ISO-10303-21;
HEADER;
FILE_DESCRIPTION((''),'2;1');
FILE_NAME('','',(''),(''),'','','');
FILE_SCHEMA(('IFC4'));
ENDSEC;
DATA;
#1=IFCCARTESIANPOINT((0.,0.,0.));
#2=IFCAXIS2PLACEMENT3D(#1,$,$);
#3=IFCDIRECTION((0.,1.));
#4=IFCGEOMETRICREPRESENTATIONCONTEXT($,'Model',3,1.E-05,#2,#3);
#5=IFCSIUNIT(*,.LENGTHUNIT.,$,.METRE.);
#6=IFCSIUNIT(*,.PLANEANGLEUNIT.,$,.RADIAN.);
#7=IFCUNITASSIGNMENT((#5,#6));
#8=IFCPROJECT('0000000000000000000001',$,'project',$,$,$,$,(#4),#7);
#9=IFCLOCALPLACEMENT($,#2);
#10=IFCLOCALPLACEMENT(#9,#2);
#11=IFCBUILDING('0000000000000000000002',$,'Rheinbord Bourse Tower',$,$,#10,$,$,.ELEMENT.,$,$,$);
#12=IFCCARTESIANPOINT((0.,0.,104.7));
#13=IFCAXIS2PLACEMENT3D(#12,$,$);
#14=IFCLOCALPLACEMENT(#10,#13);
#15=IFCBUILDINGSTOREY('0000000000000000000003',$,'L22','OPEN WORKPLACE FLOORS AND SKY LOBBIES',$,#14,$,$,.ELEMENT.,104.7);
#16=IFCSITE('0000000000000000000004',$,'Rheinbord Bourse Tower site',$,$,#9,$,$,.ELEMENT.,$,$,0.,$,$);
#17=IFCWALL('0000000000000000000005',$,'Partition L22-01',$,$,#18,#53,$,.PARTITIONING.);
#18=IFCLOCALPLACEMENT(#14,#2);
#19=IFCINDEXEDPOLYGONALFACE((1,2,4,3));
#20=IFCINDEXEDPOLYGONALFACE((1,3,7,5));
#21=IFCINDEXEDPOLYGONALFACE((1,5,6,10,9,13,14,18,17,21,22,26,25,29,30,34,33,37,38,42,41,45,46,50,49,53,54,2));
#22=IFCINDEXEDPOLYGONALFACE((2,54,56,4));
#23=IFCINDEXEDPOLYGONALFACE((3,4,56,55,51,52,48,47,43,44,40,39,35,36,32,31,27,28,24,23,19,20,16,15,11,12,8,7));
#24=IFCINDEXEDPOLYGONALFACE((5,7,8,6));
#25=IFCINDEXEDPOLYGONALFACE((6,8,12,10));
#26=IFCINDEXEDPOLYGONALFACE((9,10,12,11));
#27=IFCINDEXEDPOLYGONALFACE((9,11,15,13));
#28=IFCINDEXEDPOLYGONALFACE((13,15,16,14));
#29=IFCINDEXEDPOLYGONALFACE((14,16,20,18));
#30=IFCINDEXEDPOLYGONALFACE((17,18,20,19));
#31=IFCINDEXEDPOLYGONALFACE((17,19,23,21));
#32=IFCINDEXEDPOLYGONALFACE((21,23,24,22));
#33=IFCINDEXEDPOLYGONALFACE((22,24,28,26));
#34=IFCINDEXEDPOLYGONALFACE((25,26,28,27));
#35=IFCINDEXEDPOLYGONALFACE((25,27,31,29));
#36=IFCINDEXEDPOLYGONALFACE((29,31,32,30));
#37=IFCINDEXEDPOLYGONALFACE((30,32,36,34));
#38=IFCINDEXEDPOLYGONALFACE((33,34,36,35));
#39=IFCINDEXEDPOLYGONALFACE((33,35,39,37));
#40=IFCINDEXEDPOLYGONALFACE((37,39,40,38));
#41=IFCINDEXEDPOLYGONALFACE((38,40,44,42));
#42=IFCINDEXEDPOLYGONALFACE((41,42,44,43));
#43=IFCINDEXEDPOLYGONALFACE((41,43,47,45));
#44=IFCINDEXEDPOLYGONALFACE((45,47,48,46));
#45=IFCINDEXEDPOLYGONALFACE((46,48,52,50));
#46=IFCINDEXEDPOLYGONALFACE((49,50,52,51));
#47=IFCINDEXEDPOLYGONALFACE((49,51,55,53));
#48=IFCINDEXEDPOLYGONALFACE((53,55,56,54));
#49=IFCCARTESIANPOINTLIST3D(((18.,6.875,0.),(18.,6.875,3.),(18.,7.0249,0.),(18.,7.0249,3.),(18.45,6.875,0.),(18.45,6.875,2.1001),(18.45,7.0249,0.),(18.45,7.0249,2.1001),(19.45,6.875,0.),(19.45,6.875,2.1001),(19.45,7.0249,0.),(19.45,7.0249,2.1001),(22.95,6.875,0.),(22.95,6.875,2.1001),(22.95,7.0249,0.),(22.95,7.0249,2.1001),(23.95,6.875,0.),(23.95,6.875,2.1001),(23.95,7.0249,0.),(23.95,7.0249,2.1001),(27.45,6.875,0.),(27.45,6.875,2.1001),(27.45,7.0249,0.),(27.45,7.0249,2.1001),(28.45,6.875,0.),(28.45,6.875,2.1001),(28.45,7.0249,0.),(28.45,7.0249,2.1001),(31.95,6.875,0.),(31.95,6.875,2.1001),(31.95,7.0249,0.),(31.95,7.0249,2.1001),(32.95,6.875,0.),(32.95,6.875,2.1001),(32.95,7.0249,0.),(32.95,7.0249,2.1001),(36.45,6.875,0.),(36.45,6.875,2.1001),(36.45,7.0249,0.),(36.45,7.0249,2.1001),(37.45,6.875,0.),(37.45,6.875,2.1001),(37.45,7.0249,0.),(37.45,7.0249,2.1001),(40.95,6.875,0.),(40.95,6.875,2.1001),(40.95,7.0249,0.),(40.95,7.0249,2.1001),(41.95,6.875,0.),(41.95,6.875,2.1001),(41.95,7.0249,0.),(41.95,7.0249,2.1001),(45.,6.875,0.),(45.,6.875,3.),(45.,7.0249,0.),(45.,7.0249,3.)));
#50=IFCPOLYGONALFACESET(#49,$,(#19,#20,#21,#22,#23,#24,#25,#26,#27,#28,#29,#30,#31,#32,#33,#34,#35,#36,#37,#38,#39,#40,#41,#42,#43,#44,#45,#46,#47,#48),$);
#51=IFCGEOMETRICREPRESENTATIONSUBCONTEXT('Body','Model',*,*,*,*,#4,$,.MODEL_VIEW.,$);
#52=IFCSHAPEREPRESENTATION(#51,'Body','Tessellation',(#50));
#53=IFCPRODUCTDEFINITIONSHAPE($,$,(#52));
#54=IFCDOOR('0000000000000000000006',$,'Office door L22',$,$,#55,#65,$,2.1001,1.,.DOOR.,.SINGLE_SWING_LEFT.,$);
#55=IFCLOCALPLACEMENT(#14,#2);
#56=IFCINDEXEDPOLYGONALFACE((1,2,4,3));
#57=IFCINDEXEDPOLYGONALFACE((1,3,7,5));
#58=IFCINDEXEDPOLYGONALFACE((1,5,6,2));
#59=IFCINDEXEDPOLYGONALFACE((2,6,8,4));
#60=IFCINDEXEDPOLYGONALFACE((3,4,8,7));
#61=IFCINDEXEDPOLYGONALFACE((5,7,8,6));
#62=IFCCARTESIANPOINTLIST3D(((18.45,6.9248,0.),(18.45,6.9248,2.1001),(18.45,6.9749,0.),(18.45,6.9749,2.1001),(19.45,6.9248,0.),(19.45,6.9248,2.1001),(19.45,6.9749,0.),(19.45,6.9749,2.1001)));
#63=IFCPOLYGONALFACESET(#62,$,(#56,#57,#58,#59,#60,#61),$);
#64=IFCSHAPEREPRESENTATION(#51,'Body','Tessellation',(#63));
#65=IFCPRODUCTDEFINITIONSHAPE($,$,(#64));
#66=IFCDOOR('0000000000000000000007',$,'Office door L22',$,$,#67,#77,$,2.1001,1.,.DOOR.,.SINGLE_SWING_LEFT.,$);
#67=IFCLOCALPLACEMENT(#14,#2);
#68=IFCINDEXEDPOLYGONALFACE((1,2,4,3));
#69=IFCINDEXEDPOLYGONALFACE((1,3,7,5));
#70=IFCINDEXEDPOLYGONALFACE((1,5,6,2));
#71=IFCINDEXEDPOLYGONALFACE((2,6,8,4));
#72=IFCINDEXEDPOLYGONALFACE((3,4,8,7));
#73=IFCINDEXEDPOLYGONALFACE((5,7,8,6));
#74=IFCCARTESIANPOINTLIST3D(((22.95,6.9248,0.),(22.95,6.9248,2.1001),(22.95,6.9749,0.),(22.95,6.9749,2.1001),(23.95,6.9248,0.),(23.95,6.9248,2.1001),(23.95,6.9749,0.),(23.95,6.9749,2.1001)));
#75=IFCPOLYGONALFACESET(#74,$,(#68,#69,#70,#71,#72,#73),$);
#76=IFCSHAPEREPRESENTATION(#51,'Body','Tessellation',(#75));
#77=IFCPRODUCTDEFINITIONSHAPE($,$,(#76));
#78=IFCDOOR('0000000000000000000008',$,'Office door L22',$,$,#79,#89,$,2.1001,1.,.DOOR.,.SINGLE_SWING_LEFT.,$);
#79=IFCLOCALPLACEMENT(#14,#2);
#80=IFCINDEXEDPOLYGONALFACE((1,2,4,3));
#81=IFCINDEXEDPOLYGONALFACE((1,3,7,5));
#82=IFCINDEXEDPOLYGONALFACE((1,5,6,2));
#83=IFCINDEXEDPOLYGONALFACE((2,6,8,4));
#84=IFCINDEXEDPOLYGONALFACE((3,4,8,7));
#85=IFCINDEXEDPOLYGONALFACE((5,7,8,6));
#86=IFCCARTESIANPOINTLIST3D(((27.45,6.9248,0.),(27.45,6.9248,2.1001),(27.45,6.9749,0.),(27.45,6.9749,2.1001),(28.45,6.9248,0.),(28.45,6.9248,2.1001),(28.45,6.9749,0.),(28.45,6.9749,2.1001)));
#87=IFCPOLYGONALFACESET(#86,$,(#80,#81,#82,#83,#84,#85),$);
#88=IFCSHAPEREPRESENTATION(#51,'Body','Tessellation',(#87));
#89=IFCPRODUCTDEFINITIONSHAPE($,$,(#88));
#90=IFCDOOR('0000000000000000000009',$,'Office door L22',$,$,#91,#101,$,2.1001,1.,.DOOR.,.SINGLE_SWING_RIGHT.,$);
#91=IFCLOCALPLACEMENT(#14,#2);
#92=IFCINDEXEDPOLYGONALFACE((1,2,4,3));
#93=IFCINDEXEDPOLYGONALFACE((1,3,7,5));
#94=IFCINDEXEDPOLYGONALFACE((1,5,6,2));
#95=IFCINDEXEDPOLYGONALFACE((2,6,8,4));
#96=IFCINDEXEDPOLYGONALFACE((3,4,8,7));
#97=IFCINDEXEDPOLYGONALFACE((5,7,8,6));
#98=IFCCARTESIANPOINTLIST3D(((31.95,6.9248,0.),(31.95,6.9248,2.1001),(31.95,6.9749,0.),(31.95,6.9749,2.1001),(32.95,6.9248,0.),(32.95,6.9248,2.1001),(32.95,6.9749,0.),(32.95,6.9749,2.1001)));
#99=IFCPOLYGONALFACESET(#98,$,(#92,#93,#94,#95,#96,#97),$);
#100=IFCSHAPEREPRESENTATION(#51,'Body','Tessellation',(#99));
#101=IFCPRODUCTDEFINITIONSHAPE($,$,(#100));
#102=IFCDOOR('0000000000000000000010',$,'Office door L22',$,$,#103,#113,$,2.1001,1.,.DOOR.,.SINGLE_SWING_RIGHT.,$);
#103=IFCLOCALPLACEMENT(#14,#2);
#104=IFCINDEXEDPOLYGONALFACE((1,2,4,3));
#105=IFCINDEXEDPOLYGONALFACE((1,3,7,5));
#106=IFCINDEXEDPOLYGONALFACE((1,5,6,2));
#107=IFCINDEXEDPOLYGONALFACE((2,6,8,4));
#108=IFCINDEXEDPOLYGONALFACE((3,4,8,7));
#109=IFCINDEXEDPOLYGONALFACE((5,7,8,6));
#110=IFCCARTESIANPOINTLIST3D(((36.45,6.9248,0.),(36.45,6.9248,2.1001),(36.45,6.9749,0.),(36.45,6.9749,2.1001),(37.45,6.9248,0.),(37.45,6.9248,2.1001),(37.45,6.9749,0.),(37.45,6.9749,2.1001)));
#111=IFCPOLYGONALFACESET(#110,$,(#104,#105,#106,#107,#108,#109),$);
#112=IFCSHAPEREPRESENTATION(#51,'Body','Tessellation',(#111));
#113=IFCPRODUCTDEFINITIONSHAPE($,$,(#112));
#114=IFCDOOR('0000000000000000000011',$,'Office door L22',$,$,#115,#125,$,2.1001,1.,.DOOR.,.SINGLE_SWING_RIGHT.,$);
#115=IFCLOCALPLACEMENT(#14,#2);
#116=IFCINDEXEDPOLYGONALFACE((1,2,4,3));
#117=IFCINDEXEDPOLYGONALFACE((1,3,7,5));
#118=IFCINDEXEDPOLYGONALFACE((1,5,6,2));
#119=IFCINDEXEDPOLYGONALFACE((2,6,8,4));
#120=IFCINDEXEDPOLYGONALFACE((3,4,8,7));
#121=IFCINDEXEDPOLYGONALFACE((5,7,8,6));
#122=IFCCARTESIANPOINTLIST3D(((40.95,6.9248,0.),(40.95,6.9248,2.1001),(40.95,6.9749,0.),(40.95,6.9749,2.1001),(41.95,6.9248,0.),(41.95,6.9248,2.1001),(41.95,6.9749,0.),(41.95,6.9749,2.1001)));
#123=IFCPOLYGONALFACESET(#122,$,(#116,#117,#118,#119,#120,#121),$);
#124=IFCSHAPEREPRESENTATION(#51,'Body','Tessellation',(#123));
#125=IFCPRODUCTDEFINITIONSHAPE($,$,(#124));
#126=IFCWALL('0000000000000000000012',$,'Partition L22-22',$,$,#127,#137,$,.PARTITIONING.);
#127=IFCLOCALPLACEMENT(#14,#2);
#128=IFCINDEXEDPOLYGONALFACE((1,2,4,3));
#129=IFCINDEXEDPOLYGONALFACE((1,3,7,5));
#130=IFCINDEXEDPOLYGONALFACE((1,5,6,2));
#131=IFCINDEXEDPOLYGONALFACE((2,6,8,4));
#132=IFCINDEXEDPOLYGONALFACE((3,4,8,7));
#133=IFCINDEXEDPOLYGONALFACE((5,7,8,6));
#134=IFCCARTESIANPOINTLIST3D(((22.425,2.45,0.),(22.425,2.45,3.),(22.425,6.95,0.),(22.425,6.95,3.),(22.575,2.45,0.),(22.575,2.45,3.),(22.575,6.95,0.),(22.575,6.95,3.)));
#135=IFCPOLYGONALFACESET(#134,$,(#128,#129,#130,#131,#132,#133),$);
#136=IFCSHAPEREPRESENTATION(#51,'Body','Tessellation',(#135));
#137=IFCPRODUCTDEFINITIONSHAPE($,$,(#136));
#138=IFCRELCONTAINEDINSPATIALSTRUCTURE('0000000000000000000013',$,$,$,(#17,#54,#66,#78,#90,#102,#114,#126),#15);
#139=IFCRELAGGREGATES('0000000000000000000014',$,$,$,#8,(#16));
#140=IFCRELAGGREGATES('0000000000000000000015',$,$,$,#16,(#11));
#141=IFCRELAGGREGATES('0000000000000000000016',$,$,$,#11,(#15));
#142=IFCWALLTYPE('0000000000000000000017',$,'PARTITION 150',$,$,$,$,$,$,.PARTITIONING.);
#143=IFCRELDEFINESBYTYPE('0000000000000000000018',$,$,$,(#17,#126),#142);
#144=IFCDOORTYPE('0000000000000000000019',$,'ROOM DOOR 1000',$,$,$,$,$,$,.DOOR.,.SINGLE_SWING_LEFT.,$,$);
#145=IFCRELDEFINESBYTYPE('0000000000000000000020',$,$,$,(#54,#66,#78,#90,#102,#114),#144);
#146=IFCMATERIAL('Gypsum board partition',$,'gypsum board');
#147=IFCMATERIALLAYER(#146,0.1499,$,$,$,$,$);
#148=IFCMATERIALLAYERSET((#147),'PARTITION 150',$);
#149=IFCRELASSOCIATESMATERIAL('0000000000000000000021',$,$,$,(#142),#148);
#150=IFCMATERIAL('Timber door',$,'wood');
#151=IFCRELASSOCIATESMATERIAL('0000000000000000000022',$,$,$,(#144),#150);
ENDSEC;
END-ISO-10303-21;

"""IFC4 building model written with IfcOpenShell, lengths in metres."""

from ifc_helpers import new_model, si_unit, direction, frame, frame_2d, origin, place, context, subcontext, project, spatial, rectangle, extrude, material, layer, layer_set, type_object, element, fill, save


model = new_model("IFC4")

# Units and contexts
model_context = context("Model", 3, precision=1e-05, world=origin(), true_north=direction((0.0, 1.0)))
body_context = subcontext(model_context, "Body", "Model", "MODEL_VIEW")
ifc_project = project(units=[si_unit("LENGTHUNIT", "METRE"), si_unit("PLANEANGLEUNIT", "RADIAN")], contexts=[model_context])

# Site, building, storey
site_placement = place(None, origin())
site = spatial("IfcSite", under=ifc_project, at=site_placement, Name="Rheinbord Bourse Tower site", CompositionType="ELEMENT", RefElevation=0.0)
building_placement = place(site_placement, origin())
building = spatial("IfcBuilding", under=site, at=building_placement, Name="Rheinbord Bourse Tower", CompositionType="ELEMENT")
storey_placement = place(building_placement, frame((0.0, 0.0, 104.7)))
storey = spatial("IfcBuildingStorey", under=building, at=storey_placement, Name="L22", Description="OPEN WORKPLACE FLOORS AND SKY LOBBIES", CompositionType="ELEMENT", Elevation=104.7)

# Wall, openings, doors
ifc_material_1 = material(Name="Gypsum board partition", Category="gypsum board")
ifc_layer_1 = layer(ifc_material_1, 0.1499)
ifc_layer_set_1 = layer_set([ifc_layer_1], Name="PARTITION 150")
wall_type_1 = type_object("IfcWallType", Name="PARTITION 150", PredefinedType="PARTITIONING", material=ifc_layer_set_1)
wall_1_placement = place(storey_placement, frame((18.0, 6.95, 0.0), z_axis=(0.0, 0.0, 1.0), x_axis=(1.0, 0.0, 0.0)))
wall_1 = element("IfcWall", 1, at=wall_1_placement, inside=storey, type_object=wall_type_1, Name="Partition L22-01", PredefinedType="PARTITIONING", context=body_context, shape_type="SweptSolid", body=[
    extrude(rectangle(XDim=27.0, YDim=0.1499, at=frame_2d((13.5, 0.0))), origin(), (0.0, 0.0, 1.0), 3.0),
])
opening_1_placement = place(wall_1_placement, frame((0.45, 0.0, 0.0)))
opening_1 = element("IfcOpeningElement", 2, at=opening_1_placement, cuts=wall_1, PredefinedType="OPENING", context=body_context, shape_type="SweptSolid", body=[
    extrude(rectangle(XDim=1.0, YDim=2.1001, at=frame_2d((0.5, 1.05))), frame((0.0, 0.085, 0.0), z_axis=(0.0, -1.0, 0.0), x_axis=(1.0, 0.0, 0.0)), (0.0, 0.0, 1.0), 0.1699),
])
opening_2_placement = place(wall_1_placement, frame((4.95, 0.0, 0.0)))
opening_2 = element("IfcOpeningElement", 3, at=opening_2_placement, cuts=wall_1, PredefinedType="OPENING", context=body_context, shape_type="SweptSolid", body=[
    extrude(rectangle(XDim=1.0, YDim=2.1001, at=frame_2d((0.5, 1.05))), frame((0.0, 0.085, 0.0), z_axis=(0.0, -1.0, 0.0), x_axis=(1.0, 0.0, 0.0)), (0.0, 0.0, 1.0), 0.1699),
])
opening_3_placement = place(wall_1_placement, frame((9.45, 0.0, 0.0)))
opening_3 = element("IfcOpeningElement", 4, at=opening_3_placement, cuts=wall_1, PredefinedType="OPENING", context=body_context, shape_type="SweptSolid", body=[
    extrude(rectangle(XDim=1.0, YDim=2.1001, at=frame_2d((0.5, 1.05))), frame((0.0, 0.085, 0.0), z_axis=(0.0, -1.0, 0.0), x_axis=(1.0, 0.0, 0.0)), (0.0, 0.0, 1.0), 0.1699),
])
opening_4_placement = place(wall_1_placement, frame((13.95, 0.0, 0.0)))
opening_4 = element("IfcOpeningElement", 5, at=opening_4_placement, cuts=wall_1, PredefinedType="OPENING", context=body_context, shape_type="SweptSolid", body=[
    extrude(rectangle(XDim=1.0, YDim=2.1001, at=frame_2d((0.5, 1.05))), frame((0.0, 0.085, 0.0), z_axis=(0.0, -1.0, 0.0), x_axis=(1.0, 0.0, 0.0)), (0.0, 0.0, 1.0), 0.1699),
])
opening_5_placement = place(wall_1_placement, frame((18.45, 0.0, 0.0)))
opening_5 = element("IfcOpeningElement", 6, at=opening_5_placement, cuts=wall_1, PredefinedType="OPENING", context=body_context, shape_type="SweptSolid", body=[
    extrude(rectangle(XDim=1.0, YDim=2.1001, at=frame_2d((0.5, 1.05))), frame((0.0, 0.085, 0.0), z_axis=(0.0, -1.0, 0.0), x_axis=(1.0, 0.0, 0.0)), (0.0, 0.0, 1.0), 0.1699),
])
opening_6_placement = place(wall_1_placement, frame((22.95, 0.0, 0.0)))
opening_6 = element("IfcOpeningElement", 7, at=opening_6_placement, cuts=wall_1, PredefinedType="OPENING", context=body_context, shape_type="SweptSolid", body=[
    extrude(rectangle(XDim=1.0, YDim=2.1001, at=frame_2d((0.5, 1.05))), frame((0.0, 0.085, 0.0), z_axis=(0.0, -1.0, 0.0), x_axis=(1.0, 0.0, 0.0)), (0.0, 0.0, 1.0), 0.1699),
])
ifc_material_2 = material(Name="Timber door", Category="wood")
door_type_1 = type_object("IfcDoorType", Name="ROOM DOOR 1000", OperationType="SINGLE_SWING_LEFT", PredefinedType="DOOR", material=ifc_material_2)
door_1_placement = place(opening_1_placement, origin())
door_1 = element("IfcDoor", 8, at=door_1_placement, inside=storey, type_object=door_type_1, Name="Office door L22", OperationType="SINGLE_SWING_LEFT", OverallHeight=2.1001, OverallWidth=1.0, PredefinedType="DOOR", context=body_context, shape_type="SweptSolid", body=[
    extrude(rectangle(XDim=1.0, YDim=2.1001, at=frame_2d((0.5, 1.05))), frame((0.0, 0.0249, 0.0), z_axis=(0.0, -1.0, 0.0), x_axis=(1.0, 0.0, 0.0)), (0.0, 0.0, 1.0), 0.05),
])
fill(opening_1, door_1)
door_2_placement = place(opening_2_placement, origin())
door_2 = element("IfcDoor", 9, at=door_2_placement, inside=storey, type_object=door_type_1, Name="Office door L22", OperationType="SINGLE_SWING_LEFT", OverallHeight=2.1001, OverallWidth=1.0, PredefinedType="DOOR", context=body_context, shape_type="SweptSolid", body=[
    extrude(rectangle(XDim=1.0, YDim=2.1001, at=frame_2d((0.5, 1.05))), frame((0.0, 0.0249, 0.0), z_axis=(0.0, -1.0, 0.0), x_axis=(1.0, 0.0, 0.0)), (0.0, 0.0, 1.0), 0.05),
])
fill(opening_2, door_2)
door_3_placement = place(opening_3_placement, origin())
door_3 = element("IfcDoor", 10, at=door_3_placement, inside=storey, type_object=door_type_1, Name="Office door L22", OperationType="SINGLE_SWING_LEFT", OverallHeight=2.1001, OverallWidth=1.0, PredefinedType="DOOR", context=body_context, shape_type="SweptSolid", body=[
    extrude(rectangle(XDim=1.0, YDim=2.1001, at=frame_2d((0.5, 1.05))), frame((0.0, 0.0249, 0.0), z_axis=(0.0, -1.0, 0.0), x_axis=(1.0, 0.0, 0.0)), (0.0, 0.0, 1.0), 0.05),
])
fill(opening_3, door_3)
door_4_placement = place(opening_4_placement, origin())
door_4 = element("IfcDoor", 11, at=door_4_placement, inside=storey, type_object=door_type_1, Name="Office door L22", OperationType="SINGLE_SWING_RIGHT", OverallHeight=2.1001, OverallWidth=1.0, PredefinedType="DOOR", context=body_context, shape_type="SweptSolid", body=[
    extrude(rectangle(XDim=1.0, YDim=2.1001, at=frame_2d((0.5, 1.05))), frame((0.0, 0.0249, 0.0), z_axis=(0.0, -1.0, 0.0), x_axis=(1.0, 0.0, 0.0)), (0.0, 0.0, 1.0), 0.05),
])
fill(opening_4, door_4)
door_5_placement = place(opening_5_placement, origin())
door_5 = element("IfcDoor", 12, at=door_5_placement, inside=storey, type_object=door_type_1, Name="Office door L22", OperationType="SINGLE_SWING_RIGHT", OverallHeight=2.1001, OverallWidth=1.0, PredefinedType="DOOR", context=body_context, shape_type="SweptSolid", body=[
    extrude(rectangle(XDim=1.0, YDim=2.1001, at=frame_2d((0.5, 1.05))), frame((0.0, 0.0249, 0.0), z_axis=(0.0, -1.0, 0.0), x_axis=(1.0, 0.0, 0.0)), (0.0, 0.0, 1.0), 0.05),
])
fill(opening_5, door_5)
door_6_placement = place(opening_6_placement, origin())
door_6 = element("IfcDoor", 13, at=door_6_placement, inside=storey, type_object=door_type_1, Name="Office door L22", OperationType="SINGLE_SWING_RIGHT", OverallHeight=2.1001, OverallWidth=1.0, PredefinedType="DOOR", context=body_context, shape_type="SweptSolid", body=[
    extrude(rectangle(XDim=1.0, YDim=2.1001, at=frame_2d((0.5, 1.05))), frame((0.0, 0.0249, 0.0), z_axis=(0.0, -1.0, 0.0), x_axis=(1.0, 0.0, 0.0)), (0.0, 0.0, 1.0), 0.05),
])
fill(opening_6, door_6)

# Wall
wall_2_placement = place(storey_placement, frame((22.5, 2.45, 0.0), z_axis=(0.0, 0.0, 1.0), x_axis=(0.0, 1.0, 0.0)))
element("IfcWall", 14, at=wall_2_placement, inside=storey, type_object=wall_type_1, Name="Partition L22-22", PredefinedType="PARTITIONING", context=body_context, shape_type="SweptSolid", body=[
    extrude(rectangle(XDim=4.5, YDim=0.1499, at=frame_2d((2.25, 0.0))), origin(), (0.0, 0.0, 1.0), 3.0),
])

save(model, "model.ifc")
